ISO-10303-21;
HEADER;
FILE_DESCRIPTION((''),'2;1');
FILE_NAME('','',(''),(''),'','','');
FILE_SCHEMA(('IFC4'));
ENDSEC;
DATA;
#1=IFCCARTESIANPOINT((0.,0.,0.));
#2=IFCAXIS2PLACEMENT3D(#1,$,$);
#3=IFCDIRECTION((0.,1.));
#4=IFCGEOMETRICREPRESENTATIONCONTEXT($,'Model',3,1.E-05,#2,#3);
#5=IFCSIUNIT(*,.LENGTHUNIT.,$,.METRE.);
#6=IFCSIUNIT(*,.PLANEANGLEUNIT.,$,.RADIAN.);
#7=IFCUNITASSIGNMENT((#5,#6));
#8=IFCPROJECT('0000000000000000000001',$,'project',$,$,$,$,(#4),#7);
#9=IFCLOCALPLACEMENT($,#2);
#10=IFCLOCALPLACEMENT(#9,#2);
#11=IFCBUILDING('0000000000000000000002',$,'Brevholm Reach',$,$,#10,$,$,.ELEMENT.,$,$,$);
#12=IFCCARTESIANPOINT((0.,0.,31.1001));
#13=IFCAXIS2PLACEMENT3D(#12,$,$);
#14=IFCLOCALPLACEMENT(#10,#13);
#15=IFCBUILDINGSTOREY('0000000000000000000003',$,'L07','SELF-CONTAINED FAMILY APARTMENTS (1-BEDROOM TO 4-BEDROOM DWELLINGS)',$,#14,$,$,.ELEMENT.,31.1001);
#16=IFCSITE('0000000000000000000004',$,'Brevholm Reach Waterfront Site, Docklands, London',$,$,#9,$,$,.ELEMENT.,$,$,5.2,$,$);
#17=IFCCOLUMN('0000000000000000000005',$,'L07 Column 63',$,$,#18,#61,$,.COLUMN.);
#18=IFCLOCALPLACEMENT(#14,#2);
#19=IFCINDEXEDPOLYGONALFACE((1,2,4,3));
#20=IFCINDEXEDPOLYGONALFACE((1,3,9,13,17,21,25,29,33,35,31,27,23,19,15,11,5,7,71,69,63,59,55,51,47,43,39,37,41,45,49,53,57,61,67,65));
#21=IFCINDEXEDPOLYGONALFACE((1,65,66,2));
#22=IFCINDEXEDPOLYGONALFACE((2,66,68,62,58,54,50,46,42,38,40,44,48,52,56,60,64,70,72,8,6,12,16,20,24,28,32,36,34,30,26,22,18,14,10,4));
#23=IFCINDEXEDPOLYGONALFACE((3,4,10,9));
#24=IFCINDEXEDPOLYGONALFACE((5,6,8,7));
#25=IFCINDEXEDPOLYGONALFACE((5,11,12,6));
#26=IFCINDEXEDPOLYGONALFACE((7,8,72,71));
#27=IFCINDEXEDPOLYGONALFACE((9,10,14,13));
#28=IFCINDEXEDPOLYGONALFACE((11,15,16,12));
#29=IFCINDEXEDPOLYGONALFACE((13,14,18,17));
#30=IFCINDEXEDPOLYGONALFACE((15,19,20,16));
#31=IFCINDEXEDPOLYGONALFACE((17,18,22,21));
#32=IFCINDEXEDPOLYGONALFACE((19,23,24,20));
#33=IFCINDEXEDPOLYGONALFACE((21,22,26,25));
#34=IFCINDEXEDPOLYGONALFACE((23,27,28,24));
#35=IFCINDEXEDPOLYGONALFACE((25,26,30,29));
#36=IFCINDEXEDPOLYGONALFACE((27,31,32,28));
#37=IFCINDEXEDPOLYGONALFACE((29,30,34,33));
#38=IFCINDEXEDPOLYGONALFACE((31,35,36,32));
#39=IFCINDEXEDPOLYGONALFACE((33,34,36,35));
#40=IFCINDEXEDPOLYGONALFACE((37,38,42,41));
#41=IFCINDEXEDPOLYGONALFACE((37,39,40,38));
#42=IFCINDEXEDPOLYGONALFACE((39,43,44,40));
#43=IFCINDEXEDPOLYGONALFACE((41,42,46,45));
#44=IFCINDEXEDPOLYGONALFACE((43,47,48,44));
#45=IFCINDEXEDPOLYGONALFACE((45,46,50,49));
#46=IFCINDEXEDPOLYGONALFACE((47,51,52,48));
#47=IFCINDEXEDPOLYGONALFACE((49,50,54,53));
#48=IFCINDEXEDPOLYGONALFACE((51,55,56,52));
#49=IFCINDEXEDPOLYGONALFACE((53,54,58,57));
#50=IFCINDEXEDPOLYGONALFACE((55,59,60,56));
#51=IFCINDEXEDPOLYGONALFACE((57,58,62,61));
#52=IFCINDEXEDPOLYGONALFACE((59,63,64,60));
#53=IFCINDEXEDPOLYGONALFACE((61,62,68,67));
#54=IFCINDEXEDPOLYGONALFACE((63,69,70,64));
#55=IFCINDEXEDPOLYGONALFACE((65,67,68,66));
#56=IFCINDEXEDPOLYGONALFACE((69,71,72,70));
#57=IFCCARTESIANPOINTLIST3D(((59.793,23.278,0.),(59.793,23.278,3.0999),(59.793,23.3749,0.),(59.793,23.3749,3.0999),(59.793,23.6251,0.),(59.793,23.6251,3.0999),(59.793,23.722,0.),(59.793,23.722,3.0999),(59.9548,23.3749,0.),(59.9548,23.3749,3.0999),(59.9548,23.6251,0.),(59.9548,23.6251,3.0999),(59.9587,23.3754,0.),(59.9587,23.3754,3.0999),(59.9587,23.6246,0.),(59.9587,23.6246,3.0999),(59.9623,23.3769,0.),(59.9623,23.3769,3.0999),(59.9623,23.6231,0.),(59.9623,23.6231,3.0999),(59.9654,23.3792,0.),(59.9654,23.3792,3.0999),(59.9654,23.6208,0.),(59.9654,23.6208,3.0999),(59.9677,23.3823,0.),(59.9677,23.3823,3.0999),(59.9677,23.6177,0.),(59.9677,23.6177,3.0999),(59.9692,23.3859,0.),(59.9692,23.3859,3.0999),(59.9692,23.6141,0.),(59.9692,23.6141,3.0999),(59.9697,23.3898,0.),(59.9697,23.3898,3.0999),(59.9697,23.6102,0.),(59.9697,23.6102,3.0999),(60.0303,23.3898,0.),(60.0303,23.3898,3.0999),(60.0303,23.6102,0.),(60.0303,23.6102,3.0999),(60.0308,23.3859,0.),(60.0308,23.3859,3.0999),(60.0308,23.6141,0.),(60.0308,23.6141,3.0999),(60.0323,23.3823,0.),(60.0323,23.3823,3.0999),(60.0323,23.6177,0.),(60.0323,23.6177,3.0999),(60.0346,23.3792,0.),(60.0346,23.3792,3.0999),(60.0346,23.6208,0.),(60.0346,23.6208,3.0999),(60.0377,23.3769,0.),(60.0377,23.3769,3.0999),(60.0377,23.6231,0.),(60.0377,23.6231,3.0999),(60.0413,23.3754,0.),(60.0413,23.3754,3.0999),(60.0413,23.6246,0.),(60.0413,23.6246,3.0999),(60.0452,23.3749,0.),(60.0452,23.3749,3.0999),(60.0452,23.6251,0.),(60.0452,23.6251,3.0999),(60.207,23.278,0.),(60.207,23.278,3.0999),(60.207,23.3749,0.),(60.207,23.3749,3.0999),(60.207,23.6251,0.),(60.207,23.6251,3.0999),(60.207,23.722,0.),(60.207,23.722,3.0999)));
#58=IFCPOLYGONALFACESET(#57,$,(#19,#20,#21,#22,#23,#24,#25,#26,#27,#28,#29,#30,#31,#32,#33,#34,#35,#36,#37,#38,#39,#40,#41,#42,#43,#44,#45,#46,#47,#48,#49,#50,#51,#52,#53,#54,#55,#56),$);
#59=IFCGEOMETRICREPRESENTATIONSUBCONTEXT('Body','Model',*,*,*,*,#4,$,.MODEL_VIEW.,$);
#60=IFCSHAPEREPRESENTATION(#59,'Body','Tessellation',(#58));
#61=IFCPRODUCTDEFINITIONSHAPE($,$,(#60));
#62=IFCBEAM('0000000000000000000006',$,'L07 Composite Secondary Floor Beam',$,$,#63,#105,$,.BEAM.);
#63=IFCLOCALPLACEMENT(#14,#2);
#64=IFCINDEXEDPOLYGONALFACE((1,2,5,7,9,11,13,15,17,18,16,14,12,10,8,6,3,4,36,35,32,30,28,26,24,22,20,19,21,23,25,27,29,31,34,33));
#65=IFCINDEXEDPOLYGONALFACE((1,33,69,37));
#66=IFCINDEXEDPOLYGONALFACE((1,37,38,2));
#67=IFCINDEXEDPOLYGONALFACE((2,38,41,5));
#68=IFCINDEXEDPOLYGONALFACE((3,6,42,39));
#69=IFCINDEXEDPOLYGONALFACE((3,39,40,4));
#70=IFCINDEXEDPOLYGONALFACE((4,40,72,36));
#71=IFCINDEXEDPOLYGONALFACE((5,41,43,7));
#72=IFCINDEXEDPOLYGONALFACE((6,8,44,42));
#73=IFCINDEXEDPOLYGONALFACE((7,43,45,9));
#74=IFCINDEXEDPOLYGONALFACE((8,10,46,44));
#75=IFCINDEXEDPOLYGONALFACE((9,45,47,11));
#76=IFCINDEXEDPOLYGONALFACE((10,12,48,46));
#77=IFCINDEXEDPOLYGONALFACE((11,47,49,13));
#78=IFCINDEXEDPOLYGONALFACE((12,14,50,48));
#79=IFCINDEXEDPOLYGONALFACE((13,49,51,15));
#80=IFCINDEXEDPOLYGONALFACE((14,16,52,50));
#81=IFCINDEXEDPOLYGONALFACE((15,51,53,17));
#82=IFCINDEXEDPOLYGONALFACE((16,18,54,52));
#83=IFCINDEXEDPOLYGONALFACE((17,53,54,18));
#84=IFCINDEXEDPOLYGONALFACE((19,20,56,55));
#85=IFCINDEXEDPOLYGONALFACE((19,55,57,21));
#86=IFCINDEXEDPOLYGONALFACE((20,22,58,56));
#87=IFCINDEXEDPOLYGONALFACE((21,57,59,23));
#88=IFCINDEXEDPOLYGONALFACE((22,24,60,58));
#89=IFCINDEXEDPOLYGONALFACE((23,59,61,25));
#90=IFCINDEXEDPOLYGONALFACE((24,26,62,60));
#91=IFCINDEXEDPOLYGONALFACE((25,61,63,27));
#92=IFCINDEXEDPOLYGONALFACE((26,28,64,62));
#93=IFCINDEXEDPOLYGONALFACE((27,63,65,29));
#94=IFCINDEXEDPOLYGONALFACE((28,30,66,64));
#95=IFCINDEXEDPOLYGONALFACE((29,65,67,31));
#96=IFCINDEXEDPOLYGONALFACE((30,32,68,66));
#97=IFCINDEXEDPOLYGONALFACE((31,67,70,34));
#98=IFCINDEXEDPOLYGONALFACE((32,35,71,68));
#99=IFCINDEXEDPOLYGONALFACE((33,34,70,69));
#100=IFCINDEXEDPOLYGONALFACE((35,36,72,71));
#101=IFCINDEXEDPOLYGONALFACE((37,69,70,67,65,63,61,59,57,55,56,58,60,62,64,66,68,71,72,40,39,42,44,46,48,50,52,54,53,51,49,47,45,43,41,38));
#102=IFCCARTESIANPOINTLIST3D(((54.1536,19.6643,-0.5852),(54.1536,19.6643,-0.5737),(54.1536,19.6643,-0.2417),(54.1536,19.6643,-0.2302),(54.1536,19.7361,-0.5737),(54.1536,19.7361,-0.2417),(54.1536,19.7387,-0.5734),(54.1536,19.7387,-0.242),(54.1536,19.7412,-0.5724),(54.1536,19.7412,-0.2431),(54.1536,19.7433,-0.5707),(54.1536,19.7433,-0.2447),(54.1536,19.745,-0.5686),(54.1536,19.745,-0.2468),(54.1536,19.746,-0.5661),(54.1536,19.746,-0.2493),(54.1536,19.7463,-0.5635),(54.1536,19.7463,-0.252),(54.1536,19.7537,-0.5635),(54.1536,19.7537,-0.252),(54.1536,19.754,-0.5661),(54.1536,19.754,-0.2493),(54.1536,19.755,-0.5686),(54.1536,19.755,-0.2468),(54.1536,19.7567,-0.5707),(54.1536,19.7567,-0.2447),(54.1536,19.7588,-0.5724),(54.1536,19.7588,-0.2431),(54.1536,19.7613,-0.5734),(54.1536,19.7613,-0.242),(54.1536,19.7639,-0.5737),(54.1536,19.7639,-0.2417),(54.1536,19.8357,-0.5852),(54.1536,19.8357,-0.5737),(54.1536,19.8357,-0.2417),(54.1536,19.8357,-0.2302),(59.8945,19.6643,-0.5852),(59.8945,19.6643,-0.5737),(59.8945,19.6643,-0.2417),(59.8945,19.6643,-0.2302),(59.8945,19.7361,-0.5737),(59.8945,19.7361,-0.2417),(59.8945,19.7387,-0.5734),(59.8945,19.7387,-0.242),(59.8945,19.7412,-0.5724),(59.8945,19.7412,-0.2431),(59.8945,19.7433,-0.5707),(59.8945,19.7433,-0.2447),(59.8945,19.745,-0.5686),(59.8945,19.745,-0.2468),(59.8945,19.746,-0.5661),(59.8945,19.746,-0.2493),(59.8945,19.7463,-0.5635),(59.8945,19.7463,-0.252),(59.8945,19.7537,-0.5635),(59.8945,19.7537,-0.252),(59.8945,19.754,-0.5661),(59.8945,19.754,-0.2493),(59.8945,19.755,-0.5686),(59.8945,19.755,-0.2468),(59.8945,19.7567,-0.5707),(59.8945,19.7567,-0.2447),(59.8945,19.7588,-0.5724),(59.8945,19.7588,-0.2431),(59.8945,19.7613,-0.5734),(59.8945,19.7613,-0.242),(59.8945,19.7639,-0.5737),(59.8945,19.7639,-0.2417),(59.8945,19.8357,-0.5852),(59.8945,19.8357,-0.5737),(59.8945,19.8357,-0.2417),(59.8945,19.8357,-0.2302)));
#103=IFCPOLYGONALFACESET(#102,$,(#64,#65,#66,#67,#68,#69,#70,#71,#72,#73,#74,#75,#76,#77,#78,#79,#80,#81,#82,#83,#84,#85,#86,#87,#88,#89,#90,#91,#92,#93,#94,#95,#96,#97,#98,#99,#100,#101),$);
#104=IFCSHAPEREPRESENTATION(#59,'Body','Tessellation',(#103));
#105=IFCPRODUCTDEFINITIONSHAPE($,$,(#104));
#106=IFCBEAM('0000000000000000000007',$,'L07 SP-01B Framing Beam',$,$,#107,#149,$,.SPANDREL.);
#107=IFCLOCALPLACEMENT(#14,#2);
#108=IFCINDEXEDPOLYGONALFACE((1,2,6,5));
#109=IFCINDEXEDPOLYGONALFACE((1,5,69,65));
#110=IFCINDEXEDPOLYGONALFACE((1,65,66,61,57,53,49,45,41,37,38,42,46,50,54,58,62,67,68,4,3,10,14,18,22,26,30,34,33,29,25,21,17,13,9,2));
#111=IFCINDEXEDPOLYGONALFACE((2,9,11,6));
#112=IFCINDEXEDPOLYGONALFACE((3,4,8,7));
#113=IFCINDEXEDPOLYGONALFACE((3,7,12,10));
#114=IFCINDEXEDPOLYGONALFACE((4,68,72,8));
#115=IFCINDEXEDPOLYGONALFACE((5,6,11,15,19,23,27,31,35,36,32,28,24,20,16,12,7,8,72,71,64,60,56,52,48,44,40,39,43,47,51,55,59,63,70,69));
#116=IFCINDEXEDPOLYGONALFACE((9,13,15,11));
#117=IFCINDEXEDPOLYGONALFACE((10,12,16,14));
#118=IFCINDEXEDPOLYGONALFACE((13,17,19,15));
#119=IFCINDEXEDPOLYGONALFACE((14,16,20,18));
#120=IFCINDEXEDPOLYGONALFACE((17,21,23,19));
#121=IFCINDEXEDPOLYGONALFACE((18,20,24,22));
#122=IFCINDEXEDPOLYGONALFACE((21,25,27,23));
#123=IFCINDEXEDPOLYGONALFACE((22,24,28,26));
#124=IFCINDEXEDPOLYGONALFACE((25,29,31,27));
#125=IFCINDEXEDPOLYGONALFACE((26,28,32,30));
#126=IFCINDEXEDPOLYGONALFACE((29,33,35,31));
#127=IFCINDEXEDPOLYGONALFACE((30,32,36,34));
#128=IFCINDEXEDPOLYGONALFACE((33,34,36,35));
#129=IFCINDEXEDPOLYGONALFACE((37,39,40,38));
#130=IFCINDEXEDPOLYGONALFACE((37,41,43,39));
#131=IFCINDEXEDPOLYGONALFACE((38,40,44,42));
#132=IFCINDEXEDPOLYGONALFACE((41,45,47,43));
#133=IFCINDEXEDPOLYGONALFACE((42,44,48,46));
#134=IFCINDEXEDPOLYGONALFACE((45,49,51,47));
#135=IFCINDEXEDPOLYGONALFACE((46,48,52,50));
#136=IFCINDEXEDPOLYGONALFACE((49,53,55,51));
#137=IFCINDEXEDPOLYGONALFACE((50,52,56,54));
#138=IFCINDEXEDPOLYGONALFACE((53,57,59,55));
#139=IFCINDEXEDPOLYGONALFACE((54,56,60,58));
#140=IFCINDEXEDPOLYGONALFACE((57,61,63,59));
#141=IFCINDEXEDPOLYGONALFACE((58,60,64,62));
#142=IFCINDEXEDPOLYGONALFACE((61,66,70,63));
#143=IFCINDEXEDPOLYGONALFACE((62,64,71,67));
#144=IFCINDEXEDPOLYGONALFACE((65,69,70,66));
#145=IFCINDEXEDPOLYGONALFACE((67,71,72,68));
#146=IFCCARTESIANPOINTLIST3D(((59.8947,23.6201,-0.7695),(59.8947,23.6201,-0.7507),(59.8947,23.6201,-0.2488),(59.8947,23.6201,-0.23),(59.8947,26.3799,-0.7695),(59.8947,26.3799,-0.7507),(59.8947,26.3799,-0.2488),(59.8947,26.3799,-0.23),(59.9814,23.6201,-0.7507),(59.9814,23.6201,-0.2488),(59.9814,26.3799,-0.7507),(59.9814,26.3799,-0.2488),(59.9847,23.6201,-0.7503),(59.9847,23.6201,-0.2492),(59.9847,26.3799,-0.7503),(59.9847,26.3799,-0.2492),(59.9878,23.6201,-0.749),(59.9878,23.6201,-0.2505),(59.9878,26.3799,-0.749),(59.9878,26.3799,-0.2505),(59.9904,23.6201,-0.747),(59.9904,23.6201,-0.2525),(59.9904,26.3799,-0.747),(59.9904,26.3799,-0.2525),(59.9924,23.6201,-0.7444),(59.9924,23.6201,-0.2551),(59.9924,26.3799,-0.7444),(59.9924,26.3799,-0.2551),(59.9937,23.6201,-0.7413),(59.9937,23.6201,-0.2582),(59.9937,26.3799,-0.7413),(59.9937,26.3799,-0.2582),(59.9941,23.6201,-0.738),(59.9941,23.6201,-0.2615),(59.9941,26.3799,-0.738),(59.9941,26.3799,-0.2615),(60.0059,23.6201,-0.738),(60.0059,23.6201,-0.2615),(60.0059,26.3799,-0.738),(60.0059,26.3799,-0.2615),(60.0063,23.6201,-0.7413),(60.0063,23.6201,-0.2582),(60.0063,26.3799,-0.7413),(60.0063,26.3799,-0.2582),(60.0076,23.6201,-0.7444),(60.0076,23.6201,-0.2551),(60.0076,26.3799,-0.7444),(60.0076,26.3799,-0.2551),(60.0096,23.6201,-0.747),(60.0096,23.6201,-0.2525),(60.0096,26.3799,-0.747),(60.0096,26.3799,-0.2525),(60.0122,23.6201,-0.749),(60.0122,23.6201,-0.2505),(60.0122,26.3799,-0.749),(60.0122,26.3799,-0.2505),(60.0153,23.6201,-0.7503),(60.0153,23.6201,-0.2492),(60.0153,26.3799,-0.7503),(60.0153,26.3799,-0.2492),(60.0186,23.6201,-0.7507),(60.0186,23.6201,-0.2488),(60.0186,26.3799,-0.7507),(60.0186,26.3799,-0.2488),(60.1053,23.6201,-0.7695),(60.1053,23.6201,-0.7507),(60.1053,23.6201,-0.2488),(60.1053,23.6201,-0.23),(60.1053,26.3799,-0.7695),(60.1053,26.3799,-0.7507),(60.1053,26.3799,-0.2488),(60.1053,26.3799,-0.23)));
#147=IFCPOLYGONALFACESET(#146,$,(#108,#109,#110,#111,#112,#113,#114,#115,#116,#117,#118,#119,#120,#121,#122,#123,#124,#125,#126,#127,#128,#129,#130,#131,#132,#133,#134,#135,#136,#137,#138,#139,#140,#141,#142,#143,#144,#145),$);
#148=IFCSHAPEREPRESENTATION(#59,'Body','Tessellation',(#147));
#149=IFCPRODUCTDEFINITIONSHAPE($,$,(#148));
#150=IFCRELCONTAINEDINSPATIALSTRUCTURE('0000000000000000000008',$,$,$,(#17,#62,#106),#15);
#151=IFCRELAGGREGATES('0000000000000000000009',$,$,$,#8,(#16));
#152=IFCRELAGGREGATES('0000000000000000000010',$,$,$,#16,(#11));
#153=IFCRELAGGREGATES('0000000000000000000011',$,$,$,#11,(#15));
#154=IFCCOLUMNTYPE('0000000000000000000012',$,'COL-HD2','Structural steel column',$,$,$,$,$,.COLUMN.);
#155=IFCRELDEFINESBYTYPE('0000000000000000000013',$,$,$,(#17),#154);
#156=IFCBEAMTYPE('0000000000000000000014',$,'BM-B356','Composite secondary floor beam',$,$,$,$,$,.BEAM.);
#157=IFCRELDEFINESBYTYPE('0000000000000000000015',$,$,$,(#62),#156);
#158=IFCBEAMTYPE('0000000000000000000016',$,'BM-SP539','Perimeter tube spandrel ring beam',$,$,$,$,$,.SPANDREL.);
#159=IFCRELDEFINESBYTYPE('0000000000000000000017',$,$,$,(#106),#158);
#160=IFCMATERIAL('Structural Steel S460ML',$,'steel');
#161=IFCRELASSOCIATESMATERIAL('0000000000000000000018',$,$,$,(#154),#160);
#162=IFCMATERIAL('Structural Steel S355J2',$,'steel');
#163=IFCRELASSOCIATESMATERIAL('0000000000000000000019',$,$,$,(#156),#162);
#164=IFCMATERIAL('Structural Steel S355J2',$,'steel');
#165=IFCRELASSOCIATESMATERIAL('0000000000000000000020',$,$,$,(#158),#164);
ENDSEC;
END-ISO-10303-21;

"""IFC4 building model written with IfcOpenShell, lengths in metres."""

from ifc_helpers import new_model, si_unit, direction, frame, origin, origin_2d, place, context, subcontext, project, spatial, i_section, extrude, material, material_profile, profile_set, type_object, element, save


model = new_model("IFC4")

# Units and contexts
model_context = context("Model", 3, precision=1e-05, world=origin(), true_north=direction((0.0, 1.0)))
body_context = subcontext(model_context, "Body", "Model", "MODEL_VIEW")
ifc_project = project(units=[si_unit("LENGTHUNIT", "METRE"), si_unit("PLANEANGLEUNIT", "RADIAN")], contexts=[model_context])

# Site, building, storey
site_placement = place(None, origin())
site = spatial("IfcSite", under=ifc_project, at=site_placement, Name="Brevholm Reach Waterfront Site, Docklands, London", CompositionType="ELEMENT", RefElevation=5.2)
building_placement = place(site_placement, origin())
building = spatial("IfcBuilding", under=site, at=building_placement, Name="Brevholm Reach", CompositionType="ELEMENT")
storey_placement = place(building_placement, frame((0.0, 0.0, 31.1001)))
storey = spatial("IfcBuildingStorey", under=building, at=storey_placement, Name="L07", Description="SELF-CONTAINED FAMILY APARTMENTS (1-BEDROOM TO 4-BEDROOM DWELLINGS)", CompositionType="ELEMENT", Elevation=31.1001)

# Column
ifc_material_1 = material(Name="Structural Steel S460ML", Category="steel")
ifc_material_profile_1 = material_profile(ifc_material_1, i_section(OverallWidth=0.4141, OverallDepth=0.4441, WebThickness=0.0605, FlangeThickness=0.0969, FilletRadius=0.0149, at=origin_2d()), Name="HD 400x818")
ifc_profile_set_1 = profile_set([ifc_material_profile_1], Name="Structural Steel S460ML")
column_type = type_object("IfcColumnType", Name="COL-HD2", Description="Structural steel column", PredefinedType="COLUMN", material=ifc_profile_set_1)
column_placement = place(storey_placement, frame((60.0, 23.5, 0.0), z_axis=(0.0, 0.0, 1.0), x_axis=(1.0, 0.0, 0.0)))
element("IfcColumn", 1, at=column_placement, inside=storey, type_object=column_type, Name="L07 Column 63", PredefinedType="COLUMN", context=body_context, shape_type="SweptSolid", body=[
    extrude(i_section(OverallWidth=0.4141, OverallDepth=0.4441, WebThickness=0.0605, FlangeThickness=0.0969, FilletRadius=0.0149, at=origin_2d()), origin(), (0.0, 0.0, 1.0), 3.0999),
])

# Beams
ifc_material_2 = material(Name="Structural Steel S355J2", Category="steel")
ifc_material_profile_2 = material_profile(ifc_material_2, i_section(OverallWidth=0.1714, OverallDepth=0.355, WebThickness=0.0073, FlangeThickness=0.0115, FilletRadius=0.0103, at=origin_2d()), Name="UKB 356x171x51")
ifc_profile_set_2 = profile_set([ifc_material_profile_2], Name="Structural Steel S355J2")
beam_type_1 = type_object("IfcBeamType", Name="BM-B356", Description="Composite secondary floor beam", PredefinedType="BEAM", material=ifc_profile_set_2)
beam_1_placement = place(storey_placement, frame((54.1536, 19.75, -0.4077), z_axis=(1.0, 0.0, 0.0), x_axis=(0.0, 1.0, 0.0)))
element("IfcBeam", 2, at=beam_1_placement, inside=storey, type_object=beam_type_1, Name="L07 Composite Secondary Floor Beam", PredefinedType="BEAM", context=body_context, shape_type="SweptSolid", body=[
    extrude(i_section(OverallWidth=0.1714, OverallDepth=0.355, WebThickness=0.0073, FlangeThickness=0.0115, FilletRadius=0.0103, at=origin_2d()), origin(), (0.0, 0.0, 1.0), 5.741),
])
ifc_material_3 = material(Name="Structural Steel S355J2", Category="steel")
ifc_material_profile_3 = material_profile(ifc_material_3, i_section(OverallWidth=0.2107, OverallDepth=0.5396, WebThickness=0.0117, FlangeThickness=0.0188, FilletRadius=0.0127, at=origin_2d()), Name="UKB 533x210x109")
ifc_profile_set_3 = profile_set([ifc_material_profile_3], Name="Structural Steel S355J2")
beam_type_2 = type_object("IfcBeamType", Name="BM-SP539", Description="Perimeter tube spandrel ring beam", PredefinedType="SPANDREL", material=ifc_profile_set_3)
beam_2_placement = place(storey_placement, frame((60.0, 23.6201, -0.4998), z_axis=(0.0, 1.0, 0.0), x_axis=(-1.0, 0.0, 0.0)))
element("IfcBeam", 3, at=beam_2_placement, inside=storey, type_object=beam_type_2, Name="L07 SP-01B Framing Beam", PredefinedType="SPANDREL", context=body_context, shape_type="SweptSolid", body=[
    extrude(i_section(OverallWidth=0.2107, OverallDepth=0.5396, WebThickness=0.0117, FlangeThickness=0.0188, FilletRadius=0.0127, at=origin_2d()), origin(), (0.0, 0.0, 1.0), 2.7598),
])

save(model, "model.ifc")
